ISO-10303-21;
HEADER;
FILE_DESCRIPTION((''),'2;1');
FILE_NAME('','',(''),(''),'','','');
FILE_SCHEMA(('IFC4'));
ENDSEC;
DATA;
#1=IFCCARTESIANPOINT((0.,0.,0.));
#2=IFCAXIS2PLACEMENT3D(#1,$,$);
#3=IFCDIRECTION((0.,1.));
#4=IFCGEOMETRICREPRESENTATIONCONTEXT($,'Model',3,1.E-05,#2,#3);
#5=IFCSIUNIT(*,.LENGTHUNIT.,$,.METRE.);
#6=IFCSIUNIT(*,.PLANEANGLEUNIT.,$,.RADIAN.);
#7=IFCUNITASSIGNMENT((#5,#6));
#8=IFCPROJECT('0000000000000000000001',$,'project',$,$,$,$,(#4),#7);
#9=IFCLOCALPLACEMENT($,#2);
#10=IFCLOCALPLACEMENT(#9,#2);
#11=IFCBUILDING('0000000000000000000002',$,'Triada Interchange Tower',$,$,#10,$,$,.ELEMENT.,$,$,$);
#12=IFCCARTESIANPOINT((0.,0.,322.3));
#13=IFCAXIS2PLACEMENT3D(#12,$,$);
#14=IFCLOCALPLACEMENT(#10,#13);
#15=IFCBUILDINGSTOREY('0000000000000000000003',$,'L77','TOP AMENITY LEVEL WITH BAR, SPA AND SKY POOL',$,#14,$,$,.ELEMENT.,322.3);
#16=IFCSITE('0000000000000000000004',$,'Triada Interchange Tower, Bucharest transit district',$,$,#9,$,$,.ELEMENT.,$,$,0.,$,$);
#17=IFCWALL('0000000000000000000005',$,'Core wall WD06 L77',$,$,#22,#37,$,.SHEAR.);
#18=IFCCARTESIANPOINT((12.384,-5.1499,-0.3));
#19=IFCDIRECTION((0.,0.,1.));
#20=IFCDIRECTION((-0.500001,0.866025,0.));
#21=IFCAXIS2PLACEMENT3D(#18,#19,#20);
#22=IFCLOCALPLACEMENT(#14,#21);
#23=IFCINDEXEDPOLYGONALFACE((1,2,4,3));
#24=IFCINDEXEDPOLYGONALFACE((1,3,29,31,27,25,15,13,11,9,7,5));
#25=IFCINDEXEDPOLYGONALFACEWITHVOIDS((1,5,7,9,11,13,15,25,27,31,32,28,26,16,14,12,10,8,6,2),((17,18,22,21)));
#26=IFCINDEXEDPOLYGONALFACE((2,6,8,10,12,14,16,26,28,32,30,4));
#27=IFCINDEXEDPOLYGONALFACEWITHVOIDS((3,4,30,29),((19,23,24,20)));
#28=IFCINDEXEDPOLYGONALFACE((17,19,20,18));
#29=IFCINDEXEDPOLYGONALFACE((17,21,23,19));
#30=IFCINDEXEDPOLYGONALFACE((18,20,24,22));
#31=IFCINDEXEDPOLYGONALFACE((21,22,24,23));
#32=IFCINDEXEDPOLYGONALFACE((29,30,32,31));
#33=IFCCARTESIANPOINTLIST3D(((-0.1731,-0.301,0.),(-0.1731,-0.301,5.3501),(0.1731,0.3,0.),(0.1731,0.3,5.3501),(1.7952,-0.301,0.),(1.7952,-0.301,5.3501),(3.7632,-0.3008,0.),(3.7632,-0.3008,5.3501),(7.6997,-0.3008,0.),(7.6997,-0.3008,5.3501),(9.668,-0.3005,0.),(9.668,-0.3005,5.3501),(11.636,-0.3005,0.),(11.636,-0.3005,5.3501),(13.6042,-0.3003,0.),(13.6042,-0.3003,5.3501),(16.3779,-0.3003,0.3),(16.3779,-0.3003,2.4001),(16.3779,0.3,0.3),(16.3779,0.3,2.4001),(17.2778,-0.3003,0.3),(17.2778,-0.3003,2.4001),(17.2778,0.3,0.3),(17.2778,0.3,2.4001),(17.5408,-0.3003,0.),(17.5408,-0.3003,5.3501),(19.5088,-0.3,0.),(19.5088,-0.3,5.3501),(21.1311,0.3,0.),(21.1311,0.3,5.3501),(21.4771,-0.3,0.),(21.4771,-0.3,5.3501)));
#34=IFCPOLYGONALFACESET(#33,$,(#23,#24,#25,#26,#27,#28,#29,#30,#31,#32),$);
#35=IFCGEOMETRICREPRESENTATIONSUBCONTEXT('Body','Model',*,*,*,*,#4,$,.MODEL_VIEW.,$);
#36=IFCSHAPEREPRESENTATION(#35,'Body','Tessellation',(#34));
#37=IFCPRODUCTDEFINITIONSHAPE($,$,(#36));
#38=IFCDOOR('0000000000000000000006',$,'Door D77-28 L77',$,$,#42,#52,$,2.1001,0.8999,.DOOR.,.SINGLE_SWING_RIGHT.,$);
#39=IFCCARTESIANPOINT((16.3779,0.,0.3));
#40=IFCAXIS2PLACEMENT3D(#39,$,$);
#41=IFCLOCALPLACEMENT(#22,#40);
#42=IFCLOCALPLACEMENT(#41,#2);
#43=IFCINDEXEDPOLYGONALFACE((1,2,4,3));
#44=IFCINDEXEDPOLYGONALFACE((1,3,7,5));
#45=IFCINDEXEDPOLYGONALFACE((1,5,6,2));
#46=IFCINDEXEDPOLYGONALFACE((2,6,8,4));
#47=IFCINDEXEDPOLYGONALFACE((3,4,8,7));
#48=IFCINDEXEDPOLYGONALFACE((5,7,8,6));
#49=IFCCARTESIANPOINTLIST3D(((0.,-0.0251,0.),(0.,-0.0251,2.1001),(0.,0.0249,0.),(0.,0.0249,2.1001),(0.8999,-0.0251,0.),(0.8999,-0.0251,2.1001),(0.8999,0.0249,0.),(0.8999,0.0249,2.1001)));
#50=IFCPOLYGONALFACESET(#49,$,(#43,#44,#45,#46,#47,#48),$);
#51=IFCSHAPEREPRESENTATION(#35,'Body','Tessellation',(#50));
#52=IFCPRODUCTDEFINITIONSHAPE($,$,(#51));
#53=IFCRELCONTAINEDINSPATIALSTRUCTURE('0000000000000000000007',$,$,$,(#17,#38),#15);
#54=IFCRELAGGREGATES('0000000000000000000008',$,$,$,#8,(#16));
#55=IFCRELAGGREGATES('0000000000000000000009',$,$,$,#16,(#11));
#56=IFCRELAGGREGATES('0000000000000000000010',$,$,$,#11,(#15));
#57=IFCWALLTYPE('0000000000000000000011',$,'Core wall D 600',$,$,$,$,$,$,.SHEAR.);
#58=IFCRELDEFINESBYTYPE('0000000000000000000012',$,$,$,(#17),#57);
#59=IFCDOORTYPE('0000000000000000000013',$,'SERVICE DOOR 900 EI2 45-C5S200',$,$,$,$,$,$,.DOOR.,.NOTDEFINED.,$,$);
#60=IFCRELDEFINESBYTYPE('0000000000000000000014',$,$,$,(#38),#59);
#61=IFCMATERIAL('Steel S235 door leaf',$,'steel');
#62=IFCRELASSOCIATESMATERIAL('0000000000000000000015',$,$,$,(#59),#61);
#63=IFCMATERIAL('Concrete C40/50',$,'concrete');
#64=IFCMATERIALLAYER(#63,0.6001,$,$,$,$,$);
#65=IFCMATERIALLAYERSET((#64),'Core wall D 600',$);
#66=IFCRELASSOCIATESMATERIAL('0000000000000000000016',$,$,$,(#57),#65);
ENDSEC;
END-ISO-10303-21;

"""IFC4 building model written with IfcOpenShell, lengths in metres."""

from ifc_helpers import new_model, si_unit, direction, frame, frame_2d, origin, place, context, subcontext, project, spatial, polyline, rectangle, outline, extrude, material, layer, layer_set, type_object, element, fill, save


model = new_model("IFC4")

# Units and contexts
model_context = context("Model", 3, precision=1e-05, world=origin(), true_north=direction((0.0, 1.0)))
body_context = subcontext(model_context, "Body", "Model", "MODEL_VIEW")
ifc_project = project(units=[si_unit("LENGTHUNIT", "METRE"), si_unit("PLANEANGLEUNIT", "RADIAN")], contexts=[model_context])

# Site, building, storey
site_placement = place(None, origin())
site = spatial("IfcSite", under=ifc_project, at=site_placement, Name="Triada Interchange Tower, Bucharest transit district", CompositionType="ELEMENT", RefElevation=0.0)
building_placement = place(site_placement, origin())
building = spatial("IfcBuilding", under=site, at=building_placement, Name="Triada Interchange Tower", CompositionType="ELEMENT")
storey_placement = place(building_placement, frame((0.0, 0.0, 322.3)))
storey = spatial("IfcBuildingStorey", under=building, at=storey_placement, Name="L77", Description="TOP AMENITY LEVEL WITH BAR, SPA AND SKY POOL", CompositionType="ELEMENT", Elevation=322.3)

# Shared definitions
ifc_material_1 = material(Name="Concrete C40/50", Category="concrete")

# Shared definitions
ifc_material_2 = material(Name="Steel S235 door leaf", Category="steel")

# Shared definitions
door_type_1 = type_object("IfcDoorType", Name="SERVICE DOOR 900 EI2 45-C5S200", OperationType="NOTDEFINED", PredefinedType="DOOR", material=ifc_material_2)

# Wall, opening, door
ifc_layer_1 = layer(ifc_material_1, 0.6001)
ifc_layer_set_1 = layer_set([ifc_layer_1], Name="Core wall D 600")
wall_type_1 = type_object("IfcWallType", Name="Core wall D 600", PredefinedType="SHEAR", material=ifc_layer_set_1)
wall_1_placement = place(storey_placement, frame((12.384, -5.1499, -0.3), z_axis=(0.0, 0.0, 1.0), x_axis=(-0.500001, 0.866025, 0.0)))
wall_1 = element("IfcWall", 1, at=wall_1_placement, inside=storey, type_object=wall_type_1, Name="Core wall WD06 L77", PredefinedType="SHEAR", context=body_context, shape_type="SweptSolid", body=[
    extrude(outline(polyline([(-0.1731, -0.301), (1.7952, -0.301), (3.7632, -0.3008), (5.7314, -0.3008), (7.6997, -0.3008), (9.668, -0.3005), (11.636, -0.3005), (13.6042, -0.3003), (15.5725, -0.3003), (17.5408, -0.3003), (19.5088, -0.3), (21.4771, -0.3), (21.1311, 0.3), (19.2258, 0.3), (17.3206, 0.3), (15.4153, 0.3), (13.51, 0.3), (11.6047, 0.3), (9.6995, 0.3), (7.7942, 0.3), (5.8889, 0.3), (3.9836, 0.3), (2.0784, 0.3), (0.1731, 0.3), (-0.1731, -0.301)])), origin(), (0.0, 0.0, 1.0), 5.3501),
])
opening_1_placement = place(wall_1_placement, frame((16.3779, 0.0, 0.3)))
opening_1 = element("IfcOpeningElement", 2, at=opening_1_placement, cuts=wall_1, PredefinedType="OPENING", context=body_context, shape_type="SweptSolid", body=[
    extrude(rectangle(XDim=0.8999, YDim=2.1001, at=frame_2d((0.45, 1.05))), frame((0.0, 0.3101, 0.0), z_axis=(0.0, -1.0, 0.0), x_axis=(1.0, 0.0, 0.0)), (0.0, 0.0, 1.0), 0.6211),
])
door_1_placement = place(opening_1_placement, origin())
door_1 = element("IfcDoor", 3, at=door_1_placement, inside=storey, type_object=door_type_1, Name="Door D77-28 L77", OperationType="SINGLE_SWING_RIGHT", OverallHeight=2.1001, OverallWidth=0.8999, PredefinedType="DOOR", context=body_context, shape_type="SweptSolid", body=[
    extrude(rectangle(XDim=0.8999, YDim=2.1001, at=frame_2d((0.45, 1.05))), frame((0.0, 0.0249, 0.0), z_axis=(0.0, -1.0, 0.0), x_axis=(1.0, 0.0, 0.0)), (0.0, 0.0, 1.0), 0.05),
])
fill(opening_1, door_1)

save(model, "model.ifc")
